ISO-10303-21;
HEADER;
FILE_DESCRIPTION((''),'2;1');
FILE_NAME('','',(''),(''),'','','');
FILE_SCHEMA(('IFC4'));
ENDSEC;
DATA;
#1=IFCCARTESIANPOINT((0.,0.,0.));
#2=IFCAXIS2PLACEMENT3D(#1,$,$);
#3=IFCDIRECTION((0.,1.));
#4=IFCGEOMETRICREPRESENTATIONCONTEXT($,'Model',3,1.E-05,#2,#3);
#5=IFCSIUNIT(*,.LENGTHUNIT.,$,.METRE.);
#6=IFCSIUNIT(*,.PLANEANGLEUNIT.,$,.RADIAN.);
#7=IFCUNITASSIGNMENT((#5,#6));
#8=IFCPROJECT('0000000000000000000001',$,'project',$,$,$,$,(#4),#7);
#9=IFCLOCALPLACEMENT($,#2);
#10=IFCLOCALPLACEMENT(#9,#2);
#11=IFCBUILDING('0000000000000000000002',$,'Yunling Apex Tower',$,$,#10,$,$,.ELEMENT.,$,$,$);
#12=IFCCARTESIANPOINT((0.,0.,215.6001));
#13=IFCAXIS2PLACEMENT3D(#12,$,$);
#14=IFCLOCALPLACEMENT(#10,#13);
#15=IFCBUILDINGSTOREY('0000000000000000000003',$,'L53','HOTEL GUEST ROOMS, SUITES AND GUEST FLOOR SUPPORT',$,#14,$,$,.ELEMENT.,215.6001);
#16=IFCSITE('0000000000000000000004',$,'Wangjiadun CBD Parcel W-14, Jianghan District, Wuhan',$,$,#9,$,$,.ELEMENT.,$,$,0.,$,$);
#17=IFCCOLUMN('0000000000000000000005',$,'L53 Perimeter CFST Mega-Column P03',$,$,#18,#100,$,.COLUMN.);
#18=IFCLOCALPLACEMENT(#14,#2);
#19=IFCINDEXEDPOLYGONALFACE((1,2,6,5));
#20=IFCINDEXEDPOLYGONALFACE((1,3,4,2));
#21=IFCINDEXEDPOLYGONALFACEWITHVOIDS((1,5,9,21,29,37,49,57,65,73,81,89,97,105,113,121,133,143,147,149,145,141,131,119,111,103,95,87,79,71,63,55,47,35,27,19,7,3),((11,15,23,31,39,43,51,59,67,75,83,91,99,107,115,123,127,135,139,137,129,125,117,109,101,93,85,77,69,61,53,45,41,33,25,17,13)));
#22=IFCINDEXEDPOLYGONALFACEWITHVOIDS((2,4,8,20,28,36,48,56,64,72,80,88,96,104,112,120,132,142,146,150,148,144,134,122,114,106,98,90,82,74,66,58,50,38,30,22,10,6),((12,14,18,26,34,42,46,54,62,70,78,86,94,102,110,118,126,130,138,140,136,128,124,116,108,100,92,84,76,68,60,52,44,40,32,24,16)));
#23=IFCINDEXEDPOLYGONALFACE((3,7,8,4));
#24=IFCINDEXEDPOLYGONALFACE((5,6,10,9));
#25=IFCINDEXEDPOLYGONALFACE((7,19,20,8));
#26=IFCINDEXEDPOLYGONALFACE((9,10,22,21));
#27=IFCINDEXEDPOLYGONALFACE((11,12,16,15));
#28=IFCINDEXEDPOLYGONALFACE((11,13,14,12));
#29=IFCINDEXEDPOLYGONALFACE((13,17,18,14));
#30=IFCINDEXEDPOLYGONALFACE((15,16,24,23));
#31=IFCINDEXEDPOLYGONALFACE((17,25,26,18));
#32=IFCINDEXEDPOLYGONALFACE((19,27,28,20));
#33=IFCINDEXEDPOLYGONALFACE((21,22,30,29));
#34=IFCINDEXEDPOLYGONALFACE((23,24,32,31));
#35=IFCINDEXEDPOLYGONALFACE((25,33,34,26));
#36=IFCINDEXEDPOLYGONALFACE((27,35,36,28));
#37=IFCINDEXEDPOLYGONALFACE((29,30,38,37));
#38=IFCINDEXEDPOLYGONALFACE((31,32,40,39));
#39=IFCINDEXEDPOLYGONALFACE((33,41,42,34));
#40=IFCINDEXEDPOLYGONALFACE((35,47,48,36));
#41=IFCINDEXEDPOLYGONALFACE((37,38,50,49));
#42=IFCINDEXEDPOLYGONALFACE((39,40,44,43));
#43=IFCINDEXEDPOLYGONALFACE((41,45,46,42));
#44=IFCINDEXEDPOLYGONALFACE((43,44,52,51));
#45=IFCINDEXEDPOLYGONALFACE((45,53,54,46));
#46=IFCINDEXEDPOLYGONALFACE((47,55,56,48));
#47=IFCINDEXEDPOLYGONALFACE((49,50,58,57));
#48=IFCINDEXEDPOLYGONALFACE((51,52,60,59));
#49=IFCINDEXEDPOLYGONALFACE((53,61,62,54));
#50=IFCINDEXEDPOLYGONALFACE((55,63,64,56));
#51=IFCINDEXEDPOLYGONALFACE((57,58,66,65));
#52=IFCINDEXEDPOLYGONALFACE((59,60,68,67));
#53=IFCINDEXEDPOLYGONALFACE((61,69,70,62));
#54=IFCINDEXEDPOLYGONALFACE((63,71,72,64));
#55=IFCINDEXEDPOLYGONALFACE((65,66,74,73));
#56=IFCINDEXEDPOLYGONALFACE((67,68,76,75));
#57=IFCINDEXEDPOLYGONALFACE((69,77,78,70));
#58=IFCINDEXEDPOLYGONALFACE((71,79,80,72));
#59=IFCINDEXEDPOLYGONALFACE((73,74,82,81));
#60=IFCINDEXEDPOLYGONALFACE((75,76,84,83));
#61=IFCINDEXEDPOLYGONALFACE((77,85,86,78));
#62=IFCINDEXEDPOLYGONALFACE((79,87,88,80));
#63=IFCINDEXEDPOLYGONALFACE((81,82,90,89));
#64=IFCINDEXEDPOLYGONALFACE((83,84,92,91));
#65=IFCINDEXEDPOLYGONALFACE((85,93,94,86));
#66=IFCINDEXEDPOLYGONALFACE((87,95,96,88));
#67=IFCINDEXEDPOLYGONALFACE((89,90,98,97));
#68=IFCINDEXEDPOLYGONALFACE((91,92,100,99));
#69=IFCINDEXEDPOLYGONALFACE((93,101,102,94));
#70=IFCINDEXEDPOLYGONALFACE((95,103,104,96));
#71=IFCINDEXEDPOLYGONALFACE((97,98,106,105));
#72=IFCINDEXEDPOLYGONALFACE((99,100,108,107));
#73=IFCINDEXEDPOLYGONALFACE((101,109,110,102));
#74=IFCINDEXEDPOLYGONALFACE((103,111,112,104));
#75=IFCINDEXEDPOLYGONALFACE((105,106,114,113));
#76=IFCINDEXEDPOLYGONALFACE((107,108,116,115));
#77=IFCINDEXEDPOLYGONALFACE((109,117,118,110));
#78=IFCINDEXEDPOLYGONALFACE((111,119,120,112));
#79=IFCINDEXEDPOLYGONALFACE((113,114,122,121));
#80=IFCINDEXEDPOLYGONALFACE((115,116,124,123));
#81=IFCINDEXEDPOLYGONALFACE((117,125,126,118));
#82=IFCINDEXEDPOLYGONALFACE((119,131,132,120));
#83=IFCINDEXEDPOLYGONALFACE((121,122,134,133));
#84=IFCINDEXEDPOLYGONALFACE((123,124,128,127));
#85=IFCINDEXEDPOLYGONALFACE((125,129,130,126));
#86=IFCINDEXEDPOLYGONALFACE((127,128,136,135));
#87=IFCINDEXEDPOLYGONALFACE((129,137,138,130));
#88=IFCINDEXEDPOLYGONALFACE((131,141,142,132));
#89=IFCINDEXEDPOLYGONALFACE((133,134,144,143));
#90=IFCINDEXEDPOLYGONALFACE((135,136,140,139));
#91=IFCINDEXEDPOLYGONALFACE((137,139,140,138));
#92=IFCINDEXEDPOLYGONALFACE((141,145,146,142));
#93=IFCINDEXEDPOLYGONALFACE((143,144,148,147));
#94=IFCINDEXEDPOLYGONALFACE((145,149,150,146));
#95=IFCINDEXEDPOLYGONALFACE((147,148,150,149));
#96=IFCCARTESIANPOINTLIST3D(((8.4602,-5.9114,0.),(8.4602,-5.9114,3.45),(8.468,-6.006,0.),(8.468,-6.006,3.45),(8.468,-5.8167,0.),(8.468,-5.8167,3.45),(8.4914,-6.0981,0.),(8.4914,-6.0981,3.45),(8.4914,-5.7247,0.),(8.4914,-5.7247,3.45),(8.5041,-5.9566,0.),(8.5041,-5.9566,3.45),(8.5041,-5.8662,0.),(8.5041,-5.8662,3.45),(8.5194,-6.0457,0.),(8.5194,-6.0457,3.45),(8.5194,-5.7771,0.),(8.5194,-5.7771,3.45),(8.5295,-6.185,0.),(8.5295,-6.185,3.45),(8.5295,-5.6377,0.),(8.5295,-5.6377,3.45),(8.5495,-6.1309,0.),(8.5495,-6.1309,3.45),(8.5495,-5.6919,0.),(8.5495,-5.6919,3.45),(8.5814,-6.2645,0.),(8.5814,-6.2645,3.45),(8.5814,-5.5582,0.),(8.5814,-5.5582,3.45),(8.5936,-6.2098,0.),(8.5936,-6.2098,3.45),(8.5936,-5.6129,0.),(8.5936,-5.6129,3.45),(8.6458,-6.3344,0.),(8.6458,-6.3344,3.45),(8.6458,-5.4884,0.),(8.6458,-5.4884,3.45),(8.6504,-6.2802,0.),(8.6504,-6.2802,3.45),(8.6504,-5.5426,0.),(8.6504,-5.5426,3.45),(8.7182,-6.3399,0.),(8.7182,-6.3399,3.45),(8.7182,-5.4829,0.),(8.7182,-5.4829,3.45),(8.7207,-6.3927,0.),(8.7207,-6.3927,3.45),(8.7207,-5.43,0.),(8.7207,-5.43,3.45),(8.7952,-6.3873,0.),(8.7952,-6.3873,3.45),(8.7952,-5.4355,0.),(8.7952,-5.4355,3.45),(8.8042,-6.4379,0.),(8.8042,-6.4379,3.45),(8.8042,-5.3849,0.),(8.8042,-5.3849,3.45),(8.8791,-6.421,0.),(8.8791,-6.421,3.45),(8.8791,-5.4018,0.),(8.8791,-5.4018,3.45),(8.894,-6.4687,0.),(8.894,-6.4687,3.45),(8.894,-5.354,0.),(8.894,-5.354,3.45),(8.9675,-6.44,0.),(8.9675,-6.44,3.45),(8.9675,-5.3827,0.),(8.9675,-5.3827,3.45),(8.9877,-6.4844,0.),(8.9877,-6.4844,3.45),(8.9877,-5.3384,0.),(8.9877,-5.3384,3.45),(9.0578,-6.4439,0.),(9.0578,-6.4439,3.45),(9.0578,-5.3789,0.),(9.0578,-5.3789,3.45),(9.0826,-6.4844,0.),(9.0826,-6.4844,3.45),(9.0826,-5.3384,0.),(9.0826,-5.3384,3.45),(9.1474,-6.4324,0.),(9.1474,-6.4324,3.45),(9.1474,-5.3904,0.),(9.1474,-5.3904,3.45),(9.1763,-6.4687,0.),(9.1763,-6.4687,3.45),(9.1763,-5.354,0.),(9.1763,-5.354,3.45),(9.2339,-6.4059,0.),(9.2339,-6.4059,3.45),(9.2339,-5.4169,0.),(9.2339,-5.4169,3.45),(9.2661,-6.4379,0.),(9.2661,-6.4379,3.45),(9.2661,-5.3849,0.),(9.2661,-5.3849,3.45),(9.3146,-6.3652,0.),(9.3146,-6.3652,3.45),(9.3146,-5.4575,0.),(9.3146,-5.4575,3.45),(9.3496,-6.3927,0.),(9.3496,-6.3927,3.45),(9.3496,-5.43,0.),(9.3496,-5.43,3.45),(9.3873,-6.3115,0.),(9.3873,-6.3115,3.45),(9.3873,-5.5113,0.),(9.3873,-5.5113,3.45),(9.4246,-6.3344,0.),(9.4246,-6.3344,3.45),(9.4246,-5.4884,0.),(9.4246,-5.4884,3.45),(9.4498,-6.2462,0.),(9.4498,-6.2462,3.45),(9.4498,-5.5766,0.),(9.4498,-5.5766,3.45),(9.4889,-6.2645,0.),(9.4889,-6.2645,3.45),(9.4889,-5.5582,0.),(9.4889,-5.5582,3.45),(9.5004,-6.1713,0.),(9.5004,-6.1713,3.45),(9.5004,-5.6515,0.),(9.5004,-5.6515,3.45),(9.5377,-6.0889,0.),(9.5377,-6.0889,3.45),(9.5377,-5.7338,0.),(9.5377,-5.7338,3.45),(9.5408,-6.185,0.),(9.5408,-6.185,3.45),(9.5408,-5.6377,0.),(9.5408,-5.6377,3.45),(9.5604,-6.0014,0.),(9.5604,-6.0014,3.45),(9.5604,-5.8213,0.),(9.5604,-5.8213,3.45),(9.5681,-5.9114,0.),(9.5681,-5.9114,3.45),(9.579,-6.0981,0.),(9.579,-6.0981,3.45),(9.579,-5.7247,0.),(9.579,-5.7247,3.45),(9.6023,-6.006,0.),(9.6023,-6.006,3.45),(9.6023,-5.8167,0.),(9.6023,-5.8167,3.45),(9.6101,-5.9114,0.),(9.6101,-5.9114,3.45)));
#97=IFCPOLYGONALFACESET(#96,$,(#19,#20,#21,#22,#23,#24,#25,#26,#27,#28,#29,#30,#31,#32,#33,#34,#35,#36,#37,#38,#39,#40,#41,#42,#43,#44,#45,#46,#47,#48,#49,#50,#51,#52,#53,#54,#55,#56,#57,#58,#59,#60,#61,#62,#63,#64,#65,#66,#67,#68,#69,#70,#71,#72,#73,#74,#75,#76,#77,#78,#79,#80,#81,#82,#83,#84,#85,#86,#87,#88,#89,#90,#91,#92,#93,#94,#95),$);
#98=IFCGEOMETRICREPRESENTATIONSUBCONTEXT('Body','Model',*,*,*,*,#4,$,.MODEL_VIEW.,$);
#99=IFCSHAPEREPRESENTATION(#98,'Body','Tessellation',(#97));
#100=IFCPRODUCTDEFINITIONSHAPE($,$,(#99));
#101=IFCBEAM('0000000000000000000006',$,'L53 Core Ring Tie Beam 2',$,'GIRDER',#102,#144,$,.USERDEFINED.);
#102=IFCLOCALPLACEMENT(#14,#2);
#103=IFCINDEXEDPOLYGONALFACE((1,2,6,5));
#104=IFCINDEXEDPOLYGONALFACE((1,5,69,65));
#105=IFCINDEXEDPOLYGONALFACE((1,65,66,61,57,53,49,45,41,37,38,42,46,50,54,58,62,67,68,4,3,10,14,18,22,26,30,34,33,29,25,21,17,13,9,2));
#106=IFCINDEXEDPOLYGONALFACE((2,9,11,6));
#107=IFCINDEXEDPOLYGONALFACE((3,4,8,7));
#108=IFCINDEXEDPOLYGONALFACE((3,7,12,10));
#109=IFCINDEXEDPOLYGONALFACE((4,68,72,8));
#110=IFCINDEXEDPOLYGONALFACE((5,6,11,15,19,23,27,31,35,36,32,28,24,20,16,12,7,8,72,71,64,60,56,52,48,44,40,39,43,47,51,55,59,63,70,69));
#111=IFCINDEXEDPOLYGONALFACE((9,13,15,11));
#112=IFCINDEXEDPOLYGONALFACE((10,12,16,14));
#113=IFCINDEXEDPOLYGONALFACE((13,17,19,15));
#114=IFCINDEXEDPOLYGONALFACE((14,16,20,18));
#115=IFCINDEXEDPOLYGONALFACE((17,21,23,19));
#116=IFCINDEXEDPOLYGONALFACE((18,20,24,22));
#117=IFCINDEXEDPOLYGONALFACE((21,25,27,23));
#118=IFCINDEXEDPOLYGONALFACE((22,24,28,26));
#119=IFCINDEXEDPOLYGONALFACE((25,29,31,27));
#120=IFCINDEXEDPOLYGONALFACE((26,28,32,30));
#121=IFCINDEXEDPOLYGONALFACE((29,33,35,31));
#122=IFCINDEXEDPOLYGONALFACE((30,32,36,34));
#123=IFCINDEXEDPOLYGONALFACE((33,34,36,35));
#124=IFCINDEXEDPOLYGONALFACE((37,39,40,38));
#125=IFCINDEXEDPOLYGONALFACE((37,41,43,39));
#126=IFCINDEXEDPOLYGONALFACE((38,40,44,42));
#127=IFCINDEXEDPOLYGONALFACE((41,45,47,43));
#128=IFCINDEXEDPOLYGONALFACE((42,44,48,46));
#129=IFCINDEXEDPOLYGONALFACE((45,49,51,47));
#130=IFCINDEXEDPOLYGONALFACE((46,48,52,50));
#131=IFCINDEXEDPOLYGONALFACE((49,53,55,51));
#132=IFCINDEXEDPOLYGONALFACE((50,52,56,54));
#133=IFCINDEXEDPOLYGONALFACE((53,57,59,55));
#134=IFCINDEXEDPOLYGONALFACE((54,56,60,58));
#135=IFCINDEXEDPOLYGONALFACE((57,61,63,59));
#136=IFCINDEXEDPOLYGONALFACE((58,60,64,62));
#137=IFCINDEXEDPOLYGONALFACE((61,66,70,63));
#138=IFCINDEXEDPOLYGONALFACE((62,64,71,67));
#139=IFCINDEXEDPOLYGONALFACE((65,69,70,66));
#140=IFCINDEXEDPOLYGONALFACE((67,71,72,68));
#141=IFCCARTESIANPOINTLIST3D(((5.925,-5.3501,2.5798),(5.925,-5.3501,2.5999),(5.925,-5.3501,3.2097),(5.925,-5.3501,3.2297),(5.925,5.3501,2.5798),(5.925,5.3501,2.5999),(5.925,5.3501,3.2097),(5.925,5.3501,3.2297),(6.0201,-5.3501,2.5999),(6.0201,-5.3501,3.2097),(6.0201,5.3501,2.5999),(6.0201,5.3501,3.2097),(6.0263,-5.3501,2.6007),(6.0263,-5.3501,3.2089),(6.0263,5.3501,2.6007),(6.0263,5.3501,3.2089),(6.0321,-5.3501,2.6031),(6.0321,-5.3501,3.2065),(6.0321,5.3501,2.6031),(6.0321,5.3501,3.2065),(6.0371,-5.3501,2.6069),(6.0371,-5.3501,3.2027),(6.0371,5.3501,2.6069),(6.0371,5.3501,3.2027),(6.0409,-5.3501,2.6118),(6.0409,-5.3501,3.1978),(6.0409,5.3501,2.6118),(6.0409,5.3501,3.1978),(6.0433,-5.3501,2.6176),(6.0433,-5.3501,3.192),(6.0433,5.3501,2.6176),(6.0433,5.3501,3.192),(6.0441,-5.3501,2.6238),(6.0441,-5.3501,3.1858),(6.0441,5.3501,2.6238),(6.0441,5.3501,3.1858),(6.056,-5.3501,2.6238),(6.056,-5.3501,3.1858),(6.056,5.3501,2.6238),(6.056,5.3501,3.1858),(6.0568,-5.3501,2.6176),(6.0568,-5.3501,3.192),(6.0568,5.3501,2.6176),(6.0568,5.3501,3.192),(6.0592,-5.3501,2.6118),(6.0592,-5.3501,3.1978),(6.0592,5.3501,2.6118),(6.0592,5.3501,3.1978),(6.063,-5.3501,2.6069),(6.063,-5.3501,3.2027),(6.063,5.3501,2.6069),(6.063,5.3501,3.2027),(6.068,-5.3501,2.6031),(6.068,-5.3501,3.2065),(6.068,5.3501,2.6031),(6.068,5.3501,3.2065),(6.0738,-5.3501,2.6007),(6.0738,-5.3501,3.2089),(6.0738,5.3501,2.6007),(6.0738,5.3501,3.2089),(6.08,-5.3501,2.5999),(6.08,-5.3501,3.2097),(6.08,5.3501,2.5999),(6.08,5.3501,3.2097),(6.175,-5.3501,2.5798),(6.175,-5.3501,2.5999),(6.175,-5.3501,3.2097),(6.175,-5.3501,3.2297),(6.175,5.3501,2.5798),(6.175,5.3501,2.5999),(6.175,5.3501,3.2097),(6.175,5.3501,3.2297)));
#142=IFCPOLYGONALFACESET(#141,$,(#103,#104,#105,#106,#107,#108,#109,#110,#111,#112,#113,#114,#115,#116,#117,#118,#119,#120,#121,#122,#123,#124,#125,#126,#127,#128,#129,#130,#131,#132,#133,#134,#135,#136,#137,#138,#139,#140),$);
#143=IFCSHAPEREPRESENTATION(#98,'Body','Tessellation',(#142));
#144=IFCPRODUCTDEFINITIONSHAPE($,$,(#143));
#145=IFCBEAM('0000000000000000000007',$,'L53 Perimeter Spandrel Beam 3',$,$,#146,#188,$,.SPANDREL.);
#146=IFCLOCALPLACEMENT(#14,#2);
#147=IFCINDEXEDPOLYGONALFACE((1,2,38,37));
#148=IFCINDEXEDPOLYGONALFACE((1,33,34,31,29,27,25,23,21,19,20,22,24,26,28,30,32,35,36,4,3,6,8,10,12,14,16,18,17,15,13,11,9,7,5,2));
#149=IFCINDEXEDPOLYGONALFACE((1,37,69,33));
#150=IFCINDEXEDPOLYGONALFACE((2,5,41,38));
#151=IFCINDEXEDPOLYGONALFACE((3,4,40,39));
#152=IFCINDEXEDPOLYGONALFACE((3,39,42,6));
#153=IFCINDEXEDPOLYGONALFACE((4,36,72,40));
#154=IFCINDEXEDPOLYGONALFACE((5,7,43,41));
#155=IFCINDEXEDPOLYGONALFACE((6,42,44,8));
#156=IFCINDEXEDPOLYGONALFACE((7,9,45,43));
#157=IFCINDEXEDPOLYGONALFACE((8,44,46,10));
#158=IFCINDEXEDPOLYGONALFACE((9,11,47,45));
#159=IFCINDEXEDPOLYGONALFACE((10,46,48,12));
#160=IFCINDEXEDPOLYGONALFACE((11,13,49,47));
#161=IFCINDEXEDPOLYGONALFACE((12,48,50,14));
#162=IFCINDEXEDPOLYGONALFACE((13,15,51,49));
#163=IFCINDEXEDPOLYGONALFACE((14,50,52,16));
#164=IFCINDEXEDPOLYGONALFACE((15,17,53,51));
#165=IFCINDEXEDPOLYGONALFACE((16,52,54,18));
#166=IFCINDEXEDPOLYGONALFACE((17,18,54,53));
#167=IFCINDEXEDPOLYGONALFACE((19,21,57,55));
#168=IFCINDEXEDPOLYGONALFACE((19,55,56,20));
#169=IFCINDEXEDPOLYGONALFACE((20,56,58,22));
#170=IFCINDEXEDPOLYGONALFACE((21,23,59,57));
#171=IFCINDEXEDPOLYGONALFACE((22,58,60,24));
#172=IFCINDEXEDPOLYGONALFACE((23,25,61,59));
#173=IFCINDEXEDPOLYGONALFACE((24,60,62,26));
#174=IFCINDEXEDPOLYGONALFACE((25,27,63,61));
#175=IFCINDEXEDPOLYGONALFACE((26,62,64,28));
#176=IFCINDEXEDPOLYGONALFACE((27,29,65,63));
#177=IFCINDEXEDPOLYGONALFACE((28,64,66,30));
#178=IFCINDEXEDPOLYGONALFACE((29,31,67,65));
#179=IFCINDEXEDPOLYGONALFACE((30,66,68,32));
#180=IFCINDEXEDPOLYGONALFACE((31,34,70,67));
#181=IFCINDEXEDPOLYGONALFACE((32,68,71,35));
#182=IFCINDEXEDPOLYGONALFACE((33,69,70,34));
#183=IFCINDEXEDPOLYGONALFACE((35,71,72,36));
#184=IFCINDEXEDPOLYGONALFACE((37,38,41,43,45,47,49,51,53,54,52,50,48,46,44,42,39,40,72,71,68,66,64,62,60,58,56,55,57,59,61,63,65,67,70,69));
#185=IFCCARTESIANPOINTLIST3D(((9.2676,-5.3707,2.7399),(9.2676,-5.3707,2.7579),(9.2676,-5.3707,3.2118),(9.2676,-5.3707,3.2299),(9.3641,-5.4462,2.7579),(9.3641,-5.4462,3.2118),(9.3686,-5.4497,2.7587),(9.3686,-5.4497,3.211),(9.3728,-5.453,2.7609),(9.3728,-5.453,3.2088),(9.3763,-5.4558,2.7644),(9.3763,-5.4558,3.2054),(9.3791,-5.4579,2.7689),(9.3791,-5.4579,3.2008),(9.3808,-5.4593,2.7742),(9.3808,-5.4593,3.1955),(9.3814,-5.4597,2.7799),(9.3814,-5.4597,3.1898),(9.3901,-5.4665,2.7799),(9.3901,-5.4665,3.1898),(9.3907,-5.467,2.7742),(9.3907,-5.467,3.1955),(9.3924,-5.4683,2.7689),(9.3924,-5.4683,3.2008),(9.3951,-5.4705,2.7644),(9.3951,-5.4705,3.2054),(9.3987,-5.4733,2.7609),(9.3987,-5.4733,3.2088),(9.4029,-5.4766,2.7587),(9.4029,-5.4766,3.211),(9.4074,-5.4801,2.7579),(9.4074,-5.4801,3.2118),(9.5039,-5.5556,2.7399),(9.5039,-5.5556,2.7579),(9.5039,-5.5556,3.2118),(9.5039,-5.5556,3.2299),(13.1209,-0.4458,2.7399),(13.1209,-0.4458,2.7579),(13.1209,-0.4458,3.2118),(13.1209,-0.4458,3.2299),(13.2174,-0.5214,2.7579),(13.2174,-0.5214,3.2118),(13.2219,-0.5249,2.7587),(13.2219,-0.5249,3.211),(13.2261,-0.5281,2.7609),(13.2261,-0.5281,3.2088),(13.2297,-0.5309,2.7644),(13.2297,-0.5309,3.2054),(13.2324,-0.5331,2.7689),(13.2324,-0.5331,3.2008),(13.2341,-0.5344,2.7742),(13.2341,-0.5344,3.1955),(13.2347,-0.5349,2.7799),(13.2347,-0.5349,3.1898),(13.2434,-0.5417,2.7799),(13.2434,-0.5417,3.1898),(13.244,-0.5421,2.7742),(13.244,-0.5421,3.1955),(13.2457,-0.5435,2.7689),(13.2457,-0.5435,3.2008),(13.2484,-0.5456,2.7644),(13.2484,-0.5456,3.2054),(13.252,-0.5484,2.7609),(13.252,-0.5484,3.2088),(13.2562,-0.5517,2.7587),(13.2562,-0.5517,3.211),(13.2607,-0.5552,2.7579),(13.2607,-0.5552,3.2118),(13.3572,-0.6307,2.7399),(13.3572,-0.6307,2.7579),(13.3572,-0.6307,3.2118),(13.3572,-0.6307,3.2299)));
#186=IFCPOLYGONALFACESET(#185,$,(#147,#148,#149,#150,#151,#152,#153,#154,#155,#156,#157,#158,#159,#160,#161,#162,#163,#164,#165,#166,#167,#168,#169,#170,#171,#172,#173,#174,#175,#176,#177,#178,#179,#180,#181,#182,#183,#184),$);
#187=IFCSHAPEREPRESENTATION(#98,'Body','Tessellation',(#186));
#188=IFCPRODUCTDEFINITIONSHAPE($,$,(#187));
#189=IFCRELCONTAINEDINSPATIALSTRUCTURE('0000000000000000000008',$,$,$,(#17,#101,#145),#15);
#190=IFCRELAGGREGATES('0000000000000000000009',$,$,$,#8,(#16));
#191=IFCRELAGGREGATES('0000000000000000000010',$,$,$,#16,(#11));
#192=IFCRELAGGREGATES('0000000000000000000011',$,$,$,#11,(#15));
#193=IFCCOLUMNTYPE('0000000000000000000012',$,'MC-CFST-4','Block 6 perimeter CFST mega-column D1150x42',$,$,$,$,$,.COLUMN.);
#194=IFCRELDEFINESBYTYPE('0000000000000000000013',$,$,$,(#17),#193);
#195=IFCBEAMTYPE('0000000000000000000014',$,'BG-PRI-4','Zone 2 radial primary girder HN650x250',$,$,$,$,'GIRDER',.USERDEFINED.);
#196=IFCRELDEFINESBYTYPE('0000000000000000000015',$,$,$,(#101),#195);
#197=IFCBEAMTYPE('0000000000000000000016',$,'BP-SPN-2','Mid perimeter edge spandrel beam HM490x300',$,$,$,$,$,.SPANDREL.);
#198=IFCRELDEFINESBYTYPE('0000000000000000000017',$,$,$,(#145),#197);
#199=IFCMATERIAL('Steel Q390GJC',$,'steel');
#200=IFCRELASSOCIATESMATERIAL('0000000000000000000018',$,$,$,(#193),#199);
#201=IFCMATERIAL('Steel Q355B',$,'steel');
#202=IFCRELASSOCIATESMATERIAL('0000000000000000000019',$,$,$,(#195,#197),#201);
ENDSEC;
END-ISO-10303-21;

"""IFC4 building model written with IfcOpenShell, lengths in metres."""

from ifc_helpers import new_model, si_unit, direction, frame, origin, origin_2d, place, context, subcontext, project, spatial, hollow_circle, i_section, extrude, source, transform, mapped, material, material_profile, profile_set, type_object, element, save


model = new_model("IFC4")

# Units and contexts
model_context = context("Model", 3, precision=1e-05, world=origin(), true_north=direction((0.0, 1.0)))
body_context = subcontext(model_context, "Body", "Model", "MODEL_VIEW")
ifc_project = project(units=[si_unit("LENGTHUNIT", "METRE"), si_unit("PLANEANGLEUNIT", "RADIAN")], contexts=[model_context])

# Site, building, storey
site_placement = place(None, origin())
site = spatial("IfcSite", under=ifc_project, at=site_placement, Name="Wangjiadun CBD Parcel W-14, Jianghan District, Wuhan", CompositionType="ELEMENT", RefElevation=0.0)
building_placement = place(site_placement, origin())
building = spatial("IfcBuilding", under=site, at=building_placement, Name="Yunling Apex Tower", CompositionType="ELEMENT")
storey_placement = place(building_placement, frame((0.0, 0.0, 215.6001)))
storey = spatial("IfcBuildingStorey", under=building, at=storey_placement, Name="L53", Description="HOTEL GUEST ROOMS, SUITES AND GUEST FLOOR SUPPORT", CompositionType="ELEMENT", Elevation=215.6001)

# Column
ifc_material_1 = material(Name="Steel Q390GJC", Category="steel")
ifc_material_profile_1 = material_profile(ifc_material_1, hollow_circle(Radius=0.575, WallThickness=0.042, at=origin_2d()))
ifc_profile_set_1 = profile_set([ifc_material_profile_1], Name="Steel Q390GJC")
column_type = type_object("IfcColumnType", Name="MC-CFST-4", Description="Block 6 perimeter CFST mega-column D1150x42", PredefinedType="COLUMN", material=ifc_profile_set_1)
shared_shape_1 = source(origin(), body_context, "Body", "SweptSolid", [
    extrude(hollow_circle(Radius=0.575, WallThickness=0.042, at=origin_2d()), origin(), (0.0, 0.0, 1.0), 3.45),
])
column_placement = place(storey_placement, frame((9.0352, -5.9114, 0.0), z_axis=(0.0, 0.0, 1.0), x_axis=(1.0, 0.0, 0.0)))
element("IfcColumn", 1, at=column_placement, inside=storey, type_object=column_type, Name="L53 Perimeter CFST Mega-Column P03", PredefinedType="COLUMN", context=body_context, shape_type="MappedRepresentation", body=[
    mapped(shared_shape_1, transform((0.0, 0.0, 0.0), scale=1.0)),
])

# Beams
ifc_material_2 = material(Name="Steel Q355B", Category="steel")
ifc_material_profile_2 = material_profile(ifc_material_2, i_section(OverallWidth=0.25, OverallDepth=0.6499, WebThickness=0.012, FlangeThickness=0.02, FilletRadius=0.0239, at=origin_2d()))
ifc_profile_set_2 = profile_set([ifc_material_profile_2], Name="Steel Q355B")
beam_type_1 = type_object("IfcBeamType", Name="BG-PRI-4", Description="Zone 2 radial primary girder HN650x250", ElementType="GIRDER", PredefinedType="USERDEFINED", material=ifc_profile_set_2)
shared_shape_2 = source(origin(), body_context, "Body", "SweptSolid", [
    extrude(i_section(OverallWidth=0.25, OverallDepth=0.6499, WebThickness=0.012, FlangeThickness=0.02, FilletRadius=0.0239, at=origin_2d()), origin(), (0.0, 0.0, 1.0), 10.7002),
])
beam_1_placement = place(storey_placement, frame((6.05, -5.3501, 2.9048), z_axis=(0.0, 1.0, 0.0), x_axis=(-1.0, 0.0, 0.0)))
element("IfcBeam", 2, at=beam_1_placement, inside=storey, type_object=beam_type_1, Name="L53 Core Ring Tie Beam 2", ObjectType="GIRDER", PredefinedType="USERDEFINED", context=body_context, shape_type="MappedRepresentation", body=[
    mapped(shared_shape_2, transform((0.0, 0.0, 0.0), scale=1.0)),
])
ifc_material_profile_3 = material_profile(ifc_material_2, i_section(OverallWidth=0.3, OverallDepth=0.49, WebThickness=0.011, FlangeThickness=0.0181, FilletRadius=0.022, at=origin_2d()))
ifc_profile_set_3 = profile_set([ifc_material_profile_3], Name="Steel Q355B")
beam_type_2 = type_object("IfcBeamType", Name="BP-SPN-2", Description="Mid perimeter edge spandrel beam HM490x300", PredefinedType="SPANDREL", material=ifc_profile_set_3)
shared_shape_3 = source(origin(), body_context, "Body", "SweptSolid", [
    extrude(i_section(OverallWidth=0.3, OverallDepth=0.49, WebThickness=0.011, FlangeThickness=0.0181, FilletRadius=0.022, at=origin_2d()), origin(), (0.0, 0.0, 1.0), 6.2532),
])
beam_2_placement = place(storey_placement, frame((9.3857, -5.4631, 2.9849), z_axis=(0.616217, 0.787577, 0.0), x_axis=(-0.787577, 0.616217, 0.0)))
element("IfcBeam", 3, at=beam_2_placement, inside=storey, type_object=beam_type_2, Name="L53 Perimeter Spandrel Beam 3", PredefinedType="SPANDREL", context=body_context, shape_type="MappedRepresentation", body=[
    mapped(shared_shape_3, transform((0.0, 0.0, 0.0), scale=1.0)),
])

save(model, "model.ifc")
